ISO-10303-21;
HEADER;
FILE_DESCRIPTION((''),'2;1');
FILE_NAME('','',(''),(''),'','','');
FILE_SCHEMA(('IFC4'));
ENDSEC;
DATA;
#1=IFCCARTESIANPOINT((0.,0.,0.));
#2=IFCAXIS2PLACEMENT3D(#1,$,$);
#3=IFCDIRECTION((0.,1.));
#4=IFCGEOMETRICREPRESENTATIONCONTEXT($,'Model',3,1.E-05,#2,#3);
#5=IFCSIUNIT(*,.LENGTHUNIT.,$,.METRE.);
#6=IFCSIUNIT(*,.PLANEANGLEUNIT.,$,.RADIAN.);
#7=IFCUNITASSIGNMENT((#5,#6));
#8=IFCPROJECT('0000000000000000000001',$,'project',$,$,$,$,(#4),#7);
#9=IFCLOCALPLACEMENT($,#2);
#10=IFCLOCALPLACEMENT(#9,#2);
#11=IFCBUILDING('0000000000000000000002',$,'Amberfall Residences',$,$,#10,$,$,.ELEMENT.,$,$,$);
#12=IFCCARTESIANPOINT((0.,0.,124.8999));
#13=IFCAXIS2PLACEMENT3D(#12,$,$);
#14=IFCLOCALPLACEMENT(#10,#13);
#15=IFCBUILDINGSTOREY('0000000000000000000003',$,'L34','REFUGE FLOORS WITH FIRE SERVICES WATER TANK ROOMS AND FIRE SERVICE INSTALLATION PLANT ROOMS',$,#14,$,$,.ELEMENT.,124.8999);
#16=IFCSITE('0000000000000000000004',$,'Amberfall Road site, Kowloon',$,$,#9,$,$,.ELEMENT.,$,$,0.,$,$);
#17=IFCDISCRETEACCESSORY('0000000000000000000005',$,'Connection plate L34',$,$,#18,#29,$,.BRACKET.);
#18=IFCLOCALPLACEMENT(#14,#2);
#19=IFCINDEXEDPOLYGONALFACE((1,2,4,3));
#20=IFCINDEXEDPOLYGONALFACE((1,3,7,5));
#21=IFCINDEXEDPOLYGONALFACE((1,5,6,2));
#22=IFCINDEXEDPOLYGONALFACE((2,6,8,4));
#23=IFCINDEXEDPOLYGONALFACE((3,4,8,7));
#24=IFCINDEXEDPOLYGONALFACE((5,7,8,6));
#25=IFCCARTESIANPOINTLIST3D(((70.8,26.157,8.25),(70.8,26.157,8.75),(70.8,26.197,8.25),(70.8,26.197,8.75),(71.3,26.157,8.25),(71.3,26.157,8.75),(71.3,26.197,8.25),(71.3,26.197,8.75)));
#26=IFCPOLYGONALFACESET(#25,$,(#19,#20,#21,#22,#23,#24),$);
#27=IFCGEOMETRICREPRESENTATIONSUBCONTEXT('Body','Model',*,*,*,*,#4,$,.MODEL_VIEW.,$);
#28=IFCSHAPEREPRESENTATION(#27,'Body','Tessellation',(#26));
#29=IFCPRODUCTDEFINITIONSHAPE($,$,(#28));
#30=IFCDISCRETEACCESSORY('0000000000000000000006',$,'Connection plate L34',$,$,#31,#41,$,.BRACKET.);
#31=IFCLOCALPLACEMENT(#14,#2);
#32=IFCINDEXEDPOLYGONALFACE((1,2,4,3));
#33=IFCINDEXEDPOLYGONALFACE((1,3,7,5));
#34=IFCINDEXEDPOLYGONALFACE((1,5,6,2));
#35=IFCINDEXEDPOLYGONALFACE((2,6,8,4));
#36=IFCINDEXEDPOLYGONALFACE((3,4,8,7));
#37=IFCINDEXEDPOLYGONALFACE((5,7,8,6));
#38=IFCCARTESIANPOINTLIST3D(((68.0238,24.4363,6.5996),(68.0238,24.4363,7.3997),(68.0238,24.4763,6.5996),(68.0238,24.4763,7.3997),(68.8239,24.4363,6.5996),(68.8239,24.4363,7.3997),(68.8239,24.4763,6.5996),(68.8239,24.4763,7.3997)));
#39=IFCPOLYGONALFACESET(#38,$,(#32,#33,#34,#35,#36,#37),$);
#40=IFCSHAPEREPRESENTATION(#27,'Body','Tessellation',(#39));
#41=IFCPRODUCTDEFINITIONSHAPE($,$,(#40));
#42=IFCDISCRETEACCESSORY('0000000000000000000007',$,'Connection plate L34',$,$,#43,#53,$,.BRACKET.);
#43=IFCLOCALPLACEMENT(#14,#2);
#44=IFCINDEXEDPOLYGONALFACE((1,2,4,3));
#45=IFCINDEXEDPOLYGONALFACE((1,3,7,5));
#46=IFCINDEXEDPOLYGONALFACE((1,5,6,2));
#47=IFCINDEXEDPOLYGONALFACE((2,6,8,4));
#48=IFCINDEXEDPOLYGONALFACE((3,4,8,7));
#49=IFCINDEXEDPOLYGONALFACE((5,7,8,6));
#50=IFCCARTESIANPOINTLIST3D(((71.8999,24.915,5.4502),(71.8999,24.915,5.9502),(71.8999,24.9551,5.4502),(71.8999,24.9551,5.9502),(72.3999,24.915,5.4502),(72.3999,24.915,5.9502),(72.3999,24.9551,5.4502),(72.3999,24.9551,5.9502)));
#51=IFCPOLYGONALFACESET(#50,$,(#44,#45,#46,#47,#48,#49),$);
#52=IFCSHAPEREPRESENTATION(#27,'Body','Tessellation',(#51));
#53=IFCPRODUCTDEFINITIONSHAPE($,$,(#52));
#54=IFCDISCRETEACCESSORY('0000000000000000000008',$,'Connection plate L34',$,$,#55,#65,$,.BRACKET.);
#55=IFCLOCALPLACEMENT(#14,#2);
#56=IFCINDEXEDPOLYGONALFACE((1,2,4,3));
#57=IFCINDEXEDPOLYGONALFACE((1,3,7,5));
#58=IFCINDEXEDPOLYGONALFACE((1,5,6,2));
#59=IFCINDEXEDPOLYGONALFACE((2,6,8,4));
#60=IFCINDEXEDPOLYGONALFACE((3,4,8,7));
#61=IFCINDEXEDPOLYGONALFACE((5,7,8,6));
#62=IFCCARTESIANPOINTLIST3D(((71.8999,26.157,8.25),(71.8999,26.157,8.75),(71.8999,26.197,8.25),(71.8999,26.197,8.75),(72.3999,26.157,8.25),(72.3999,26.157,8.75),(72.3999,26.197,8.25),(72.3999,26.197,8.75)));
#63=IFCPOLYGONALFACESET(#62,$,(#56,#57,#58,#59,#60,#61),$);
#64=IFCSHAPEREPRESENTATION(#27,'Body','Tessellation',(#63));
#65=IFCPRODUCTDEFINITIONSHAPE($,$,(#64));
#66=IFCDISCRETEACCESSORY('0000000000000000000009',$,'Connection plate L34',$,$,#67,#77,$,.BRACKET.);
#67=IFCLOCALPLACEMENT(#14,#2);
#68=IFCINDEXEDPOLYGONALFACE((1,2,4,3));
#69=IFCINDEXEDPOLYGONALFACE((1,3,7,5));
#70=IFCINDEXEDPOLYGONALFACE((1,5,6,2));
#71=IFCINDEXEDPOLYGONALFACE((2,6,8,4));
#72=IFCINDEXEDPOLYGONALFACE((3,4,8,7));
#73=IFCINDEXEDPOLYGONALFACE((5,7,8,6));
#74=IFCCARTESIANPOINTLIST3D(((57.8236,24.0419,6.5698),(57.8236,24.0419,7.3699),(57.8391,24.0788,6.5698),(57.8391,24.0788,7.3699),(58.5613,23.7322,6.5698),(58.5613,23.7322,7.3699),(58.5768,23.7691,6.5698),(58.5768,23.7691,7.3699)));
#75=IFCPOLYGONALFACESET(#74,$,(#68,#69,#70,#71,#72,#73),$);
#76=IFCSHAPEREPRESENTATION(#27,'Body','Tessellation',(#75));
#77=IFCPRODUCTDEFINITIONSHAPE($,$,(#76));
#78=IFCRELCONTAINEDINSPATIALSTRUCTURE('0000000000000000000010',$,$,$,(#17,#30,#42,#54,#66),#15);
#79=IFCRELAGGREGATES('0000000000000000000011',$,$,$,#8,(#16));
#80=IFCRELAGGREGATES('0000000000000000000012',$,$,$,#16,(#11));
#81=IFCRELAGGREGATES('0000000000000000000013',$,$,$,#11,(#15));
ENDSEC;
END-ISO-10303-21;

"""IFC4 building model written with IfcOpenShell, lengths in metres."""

from ifc_helpers import new_model, si_unit, direction, frame, origin, origin_2d, place, context, subcontext, project, spatial, rectangle, extrude, element, save


model = new_model("IFC4")

# Units and contexts
model_context = context("Model", 3, precision=1e-05, world=origin(), true_north=direction((0.0, 1.0)))
body_context = subcontext(model_context, "Body", "Model", "MODEL_VIEW")
ifc_project = project(units=[si_unit("LENGTHUNIT", "METRE"), si_unit("PLANEANGLEUNIT", "RADIAN")], contexts=[model_context])

# Site, building, storey
site_placement = place(None, origin())
site = spatial("IfcSite", under=ifc_project, at=site_placement, Name="Amberfall Road site, Kowloon", CompositionType="ELEMENT", RefElevation=0.0)
building_placement = place(site_placement, origin())
building = spatial("IfcBuilding", under=site, at=building_placement, Name="Amberfall Residences", CompositionType="ELEMENT")
storey_placement = place(building_placement, frame((0.0, 0.0, 124.8999)))
storey = spatial("IfcBuildingStorey", under=building, at=storey_placement, Name="L34", Description="REFUGE FLOORS WITH FIRE SERVICES WATER TANK ROOMS AND FIRE SERVICE INSTALLATION PLANT ROOMS", CompositionType="ELEMENT", Elevation=124.8999)

# Discrete accessories
discrete_accessory_1_placement = place(storey_placement, frame((71.05, 26.177, 8.25), z_axis=(0.0, 0.0, 1.0), x_axis=(1.0, 0.0, 0.0)))
element("IfcDiscreteAccessory", 1, at=discrete_accessory_1_placement, inside=storey, Name="Connection plate L34", PredefinedType="BRACKET", context=body_context, shape_type="SweptSolid", body=[
    extrude(rectangle(XDim=0.5, YDim=0.04, at=origin_2d()), origin(), (0.0, 0.0, 1.0), 0.5),
])
discrete_accessory_2_placement = place(storey_placement, frame((68.4238, 24.4563, 6.5996), z_axis=(0.0, 0.0, 1.0), x_axis=(1.0, 0.0, 0.0)))
element("IfcDiscreteAccessory", 2, at=discrete_accessory_2_placement, inside=storey, Name="Connection plate L34", PredefinedType="BRACKET", context=body_context, shape_type="SweptSolid", body=[
    extrude(rectangle(XDim=0.8, YDim=0.04, at=origin_2d()), origin(), (0.0, 0.0, 1.0), 0.8),
])
for number, where, z_axis, x_axis, name in (
    (3, (72.1499, 24.9351, 5.4502), (0.0, 0.0, 1.0), (1.0, 0.0, 0.0), "Connection plate L34"),
    (4, (72.1499, 26.177, 8.25), (0.0, 0.0, 1.0), (1.0, 0.0, 0.0), "Connection plate L34"),
):
    element("IfcDiscreteAccessory", number, at=place(storey_placement, frame(where, z_axis=z_axis, x_axis=x_axis)), inside=storey, Name=name, PredefinedType="BRACKET", context=body_context, shape_type="SweptSolid", body=[
        extrude(rectangle(XDim=0.5, YDim=0.04, at=origin_2d()), origin(), (0.0, 0.0, 1.0), 0.5),
    ])
discrete_accessory_3_placement = place(storey_placement, frame((58.2002, 23.9055, 6.5698), z_axis=(0.0, 0.0, 1.0), x_axis=(0.922019, -0.387145, 0.0)))
element("IfcDiscreteAccessory", 5, at=discrete_accessory_3_placement, inside=storey, Name="Connection plate L34", PredefinedType="BRACKET", context=body_context, shape_type="SweptSolid", body=[
    extrude(rectangle(XDim=0.8, YDim=0.04, at=origin_2d()), origin(), (0.0, 0.0, 1.0), 0.8),
])

save(model, "model.ifc")
